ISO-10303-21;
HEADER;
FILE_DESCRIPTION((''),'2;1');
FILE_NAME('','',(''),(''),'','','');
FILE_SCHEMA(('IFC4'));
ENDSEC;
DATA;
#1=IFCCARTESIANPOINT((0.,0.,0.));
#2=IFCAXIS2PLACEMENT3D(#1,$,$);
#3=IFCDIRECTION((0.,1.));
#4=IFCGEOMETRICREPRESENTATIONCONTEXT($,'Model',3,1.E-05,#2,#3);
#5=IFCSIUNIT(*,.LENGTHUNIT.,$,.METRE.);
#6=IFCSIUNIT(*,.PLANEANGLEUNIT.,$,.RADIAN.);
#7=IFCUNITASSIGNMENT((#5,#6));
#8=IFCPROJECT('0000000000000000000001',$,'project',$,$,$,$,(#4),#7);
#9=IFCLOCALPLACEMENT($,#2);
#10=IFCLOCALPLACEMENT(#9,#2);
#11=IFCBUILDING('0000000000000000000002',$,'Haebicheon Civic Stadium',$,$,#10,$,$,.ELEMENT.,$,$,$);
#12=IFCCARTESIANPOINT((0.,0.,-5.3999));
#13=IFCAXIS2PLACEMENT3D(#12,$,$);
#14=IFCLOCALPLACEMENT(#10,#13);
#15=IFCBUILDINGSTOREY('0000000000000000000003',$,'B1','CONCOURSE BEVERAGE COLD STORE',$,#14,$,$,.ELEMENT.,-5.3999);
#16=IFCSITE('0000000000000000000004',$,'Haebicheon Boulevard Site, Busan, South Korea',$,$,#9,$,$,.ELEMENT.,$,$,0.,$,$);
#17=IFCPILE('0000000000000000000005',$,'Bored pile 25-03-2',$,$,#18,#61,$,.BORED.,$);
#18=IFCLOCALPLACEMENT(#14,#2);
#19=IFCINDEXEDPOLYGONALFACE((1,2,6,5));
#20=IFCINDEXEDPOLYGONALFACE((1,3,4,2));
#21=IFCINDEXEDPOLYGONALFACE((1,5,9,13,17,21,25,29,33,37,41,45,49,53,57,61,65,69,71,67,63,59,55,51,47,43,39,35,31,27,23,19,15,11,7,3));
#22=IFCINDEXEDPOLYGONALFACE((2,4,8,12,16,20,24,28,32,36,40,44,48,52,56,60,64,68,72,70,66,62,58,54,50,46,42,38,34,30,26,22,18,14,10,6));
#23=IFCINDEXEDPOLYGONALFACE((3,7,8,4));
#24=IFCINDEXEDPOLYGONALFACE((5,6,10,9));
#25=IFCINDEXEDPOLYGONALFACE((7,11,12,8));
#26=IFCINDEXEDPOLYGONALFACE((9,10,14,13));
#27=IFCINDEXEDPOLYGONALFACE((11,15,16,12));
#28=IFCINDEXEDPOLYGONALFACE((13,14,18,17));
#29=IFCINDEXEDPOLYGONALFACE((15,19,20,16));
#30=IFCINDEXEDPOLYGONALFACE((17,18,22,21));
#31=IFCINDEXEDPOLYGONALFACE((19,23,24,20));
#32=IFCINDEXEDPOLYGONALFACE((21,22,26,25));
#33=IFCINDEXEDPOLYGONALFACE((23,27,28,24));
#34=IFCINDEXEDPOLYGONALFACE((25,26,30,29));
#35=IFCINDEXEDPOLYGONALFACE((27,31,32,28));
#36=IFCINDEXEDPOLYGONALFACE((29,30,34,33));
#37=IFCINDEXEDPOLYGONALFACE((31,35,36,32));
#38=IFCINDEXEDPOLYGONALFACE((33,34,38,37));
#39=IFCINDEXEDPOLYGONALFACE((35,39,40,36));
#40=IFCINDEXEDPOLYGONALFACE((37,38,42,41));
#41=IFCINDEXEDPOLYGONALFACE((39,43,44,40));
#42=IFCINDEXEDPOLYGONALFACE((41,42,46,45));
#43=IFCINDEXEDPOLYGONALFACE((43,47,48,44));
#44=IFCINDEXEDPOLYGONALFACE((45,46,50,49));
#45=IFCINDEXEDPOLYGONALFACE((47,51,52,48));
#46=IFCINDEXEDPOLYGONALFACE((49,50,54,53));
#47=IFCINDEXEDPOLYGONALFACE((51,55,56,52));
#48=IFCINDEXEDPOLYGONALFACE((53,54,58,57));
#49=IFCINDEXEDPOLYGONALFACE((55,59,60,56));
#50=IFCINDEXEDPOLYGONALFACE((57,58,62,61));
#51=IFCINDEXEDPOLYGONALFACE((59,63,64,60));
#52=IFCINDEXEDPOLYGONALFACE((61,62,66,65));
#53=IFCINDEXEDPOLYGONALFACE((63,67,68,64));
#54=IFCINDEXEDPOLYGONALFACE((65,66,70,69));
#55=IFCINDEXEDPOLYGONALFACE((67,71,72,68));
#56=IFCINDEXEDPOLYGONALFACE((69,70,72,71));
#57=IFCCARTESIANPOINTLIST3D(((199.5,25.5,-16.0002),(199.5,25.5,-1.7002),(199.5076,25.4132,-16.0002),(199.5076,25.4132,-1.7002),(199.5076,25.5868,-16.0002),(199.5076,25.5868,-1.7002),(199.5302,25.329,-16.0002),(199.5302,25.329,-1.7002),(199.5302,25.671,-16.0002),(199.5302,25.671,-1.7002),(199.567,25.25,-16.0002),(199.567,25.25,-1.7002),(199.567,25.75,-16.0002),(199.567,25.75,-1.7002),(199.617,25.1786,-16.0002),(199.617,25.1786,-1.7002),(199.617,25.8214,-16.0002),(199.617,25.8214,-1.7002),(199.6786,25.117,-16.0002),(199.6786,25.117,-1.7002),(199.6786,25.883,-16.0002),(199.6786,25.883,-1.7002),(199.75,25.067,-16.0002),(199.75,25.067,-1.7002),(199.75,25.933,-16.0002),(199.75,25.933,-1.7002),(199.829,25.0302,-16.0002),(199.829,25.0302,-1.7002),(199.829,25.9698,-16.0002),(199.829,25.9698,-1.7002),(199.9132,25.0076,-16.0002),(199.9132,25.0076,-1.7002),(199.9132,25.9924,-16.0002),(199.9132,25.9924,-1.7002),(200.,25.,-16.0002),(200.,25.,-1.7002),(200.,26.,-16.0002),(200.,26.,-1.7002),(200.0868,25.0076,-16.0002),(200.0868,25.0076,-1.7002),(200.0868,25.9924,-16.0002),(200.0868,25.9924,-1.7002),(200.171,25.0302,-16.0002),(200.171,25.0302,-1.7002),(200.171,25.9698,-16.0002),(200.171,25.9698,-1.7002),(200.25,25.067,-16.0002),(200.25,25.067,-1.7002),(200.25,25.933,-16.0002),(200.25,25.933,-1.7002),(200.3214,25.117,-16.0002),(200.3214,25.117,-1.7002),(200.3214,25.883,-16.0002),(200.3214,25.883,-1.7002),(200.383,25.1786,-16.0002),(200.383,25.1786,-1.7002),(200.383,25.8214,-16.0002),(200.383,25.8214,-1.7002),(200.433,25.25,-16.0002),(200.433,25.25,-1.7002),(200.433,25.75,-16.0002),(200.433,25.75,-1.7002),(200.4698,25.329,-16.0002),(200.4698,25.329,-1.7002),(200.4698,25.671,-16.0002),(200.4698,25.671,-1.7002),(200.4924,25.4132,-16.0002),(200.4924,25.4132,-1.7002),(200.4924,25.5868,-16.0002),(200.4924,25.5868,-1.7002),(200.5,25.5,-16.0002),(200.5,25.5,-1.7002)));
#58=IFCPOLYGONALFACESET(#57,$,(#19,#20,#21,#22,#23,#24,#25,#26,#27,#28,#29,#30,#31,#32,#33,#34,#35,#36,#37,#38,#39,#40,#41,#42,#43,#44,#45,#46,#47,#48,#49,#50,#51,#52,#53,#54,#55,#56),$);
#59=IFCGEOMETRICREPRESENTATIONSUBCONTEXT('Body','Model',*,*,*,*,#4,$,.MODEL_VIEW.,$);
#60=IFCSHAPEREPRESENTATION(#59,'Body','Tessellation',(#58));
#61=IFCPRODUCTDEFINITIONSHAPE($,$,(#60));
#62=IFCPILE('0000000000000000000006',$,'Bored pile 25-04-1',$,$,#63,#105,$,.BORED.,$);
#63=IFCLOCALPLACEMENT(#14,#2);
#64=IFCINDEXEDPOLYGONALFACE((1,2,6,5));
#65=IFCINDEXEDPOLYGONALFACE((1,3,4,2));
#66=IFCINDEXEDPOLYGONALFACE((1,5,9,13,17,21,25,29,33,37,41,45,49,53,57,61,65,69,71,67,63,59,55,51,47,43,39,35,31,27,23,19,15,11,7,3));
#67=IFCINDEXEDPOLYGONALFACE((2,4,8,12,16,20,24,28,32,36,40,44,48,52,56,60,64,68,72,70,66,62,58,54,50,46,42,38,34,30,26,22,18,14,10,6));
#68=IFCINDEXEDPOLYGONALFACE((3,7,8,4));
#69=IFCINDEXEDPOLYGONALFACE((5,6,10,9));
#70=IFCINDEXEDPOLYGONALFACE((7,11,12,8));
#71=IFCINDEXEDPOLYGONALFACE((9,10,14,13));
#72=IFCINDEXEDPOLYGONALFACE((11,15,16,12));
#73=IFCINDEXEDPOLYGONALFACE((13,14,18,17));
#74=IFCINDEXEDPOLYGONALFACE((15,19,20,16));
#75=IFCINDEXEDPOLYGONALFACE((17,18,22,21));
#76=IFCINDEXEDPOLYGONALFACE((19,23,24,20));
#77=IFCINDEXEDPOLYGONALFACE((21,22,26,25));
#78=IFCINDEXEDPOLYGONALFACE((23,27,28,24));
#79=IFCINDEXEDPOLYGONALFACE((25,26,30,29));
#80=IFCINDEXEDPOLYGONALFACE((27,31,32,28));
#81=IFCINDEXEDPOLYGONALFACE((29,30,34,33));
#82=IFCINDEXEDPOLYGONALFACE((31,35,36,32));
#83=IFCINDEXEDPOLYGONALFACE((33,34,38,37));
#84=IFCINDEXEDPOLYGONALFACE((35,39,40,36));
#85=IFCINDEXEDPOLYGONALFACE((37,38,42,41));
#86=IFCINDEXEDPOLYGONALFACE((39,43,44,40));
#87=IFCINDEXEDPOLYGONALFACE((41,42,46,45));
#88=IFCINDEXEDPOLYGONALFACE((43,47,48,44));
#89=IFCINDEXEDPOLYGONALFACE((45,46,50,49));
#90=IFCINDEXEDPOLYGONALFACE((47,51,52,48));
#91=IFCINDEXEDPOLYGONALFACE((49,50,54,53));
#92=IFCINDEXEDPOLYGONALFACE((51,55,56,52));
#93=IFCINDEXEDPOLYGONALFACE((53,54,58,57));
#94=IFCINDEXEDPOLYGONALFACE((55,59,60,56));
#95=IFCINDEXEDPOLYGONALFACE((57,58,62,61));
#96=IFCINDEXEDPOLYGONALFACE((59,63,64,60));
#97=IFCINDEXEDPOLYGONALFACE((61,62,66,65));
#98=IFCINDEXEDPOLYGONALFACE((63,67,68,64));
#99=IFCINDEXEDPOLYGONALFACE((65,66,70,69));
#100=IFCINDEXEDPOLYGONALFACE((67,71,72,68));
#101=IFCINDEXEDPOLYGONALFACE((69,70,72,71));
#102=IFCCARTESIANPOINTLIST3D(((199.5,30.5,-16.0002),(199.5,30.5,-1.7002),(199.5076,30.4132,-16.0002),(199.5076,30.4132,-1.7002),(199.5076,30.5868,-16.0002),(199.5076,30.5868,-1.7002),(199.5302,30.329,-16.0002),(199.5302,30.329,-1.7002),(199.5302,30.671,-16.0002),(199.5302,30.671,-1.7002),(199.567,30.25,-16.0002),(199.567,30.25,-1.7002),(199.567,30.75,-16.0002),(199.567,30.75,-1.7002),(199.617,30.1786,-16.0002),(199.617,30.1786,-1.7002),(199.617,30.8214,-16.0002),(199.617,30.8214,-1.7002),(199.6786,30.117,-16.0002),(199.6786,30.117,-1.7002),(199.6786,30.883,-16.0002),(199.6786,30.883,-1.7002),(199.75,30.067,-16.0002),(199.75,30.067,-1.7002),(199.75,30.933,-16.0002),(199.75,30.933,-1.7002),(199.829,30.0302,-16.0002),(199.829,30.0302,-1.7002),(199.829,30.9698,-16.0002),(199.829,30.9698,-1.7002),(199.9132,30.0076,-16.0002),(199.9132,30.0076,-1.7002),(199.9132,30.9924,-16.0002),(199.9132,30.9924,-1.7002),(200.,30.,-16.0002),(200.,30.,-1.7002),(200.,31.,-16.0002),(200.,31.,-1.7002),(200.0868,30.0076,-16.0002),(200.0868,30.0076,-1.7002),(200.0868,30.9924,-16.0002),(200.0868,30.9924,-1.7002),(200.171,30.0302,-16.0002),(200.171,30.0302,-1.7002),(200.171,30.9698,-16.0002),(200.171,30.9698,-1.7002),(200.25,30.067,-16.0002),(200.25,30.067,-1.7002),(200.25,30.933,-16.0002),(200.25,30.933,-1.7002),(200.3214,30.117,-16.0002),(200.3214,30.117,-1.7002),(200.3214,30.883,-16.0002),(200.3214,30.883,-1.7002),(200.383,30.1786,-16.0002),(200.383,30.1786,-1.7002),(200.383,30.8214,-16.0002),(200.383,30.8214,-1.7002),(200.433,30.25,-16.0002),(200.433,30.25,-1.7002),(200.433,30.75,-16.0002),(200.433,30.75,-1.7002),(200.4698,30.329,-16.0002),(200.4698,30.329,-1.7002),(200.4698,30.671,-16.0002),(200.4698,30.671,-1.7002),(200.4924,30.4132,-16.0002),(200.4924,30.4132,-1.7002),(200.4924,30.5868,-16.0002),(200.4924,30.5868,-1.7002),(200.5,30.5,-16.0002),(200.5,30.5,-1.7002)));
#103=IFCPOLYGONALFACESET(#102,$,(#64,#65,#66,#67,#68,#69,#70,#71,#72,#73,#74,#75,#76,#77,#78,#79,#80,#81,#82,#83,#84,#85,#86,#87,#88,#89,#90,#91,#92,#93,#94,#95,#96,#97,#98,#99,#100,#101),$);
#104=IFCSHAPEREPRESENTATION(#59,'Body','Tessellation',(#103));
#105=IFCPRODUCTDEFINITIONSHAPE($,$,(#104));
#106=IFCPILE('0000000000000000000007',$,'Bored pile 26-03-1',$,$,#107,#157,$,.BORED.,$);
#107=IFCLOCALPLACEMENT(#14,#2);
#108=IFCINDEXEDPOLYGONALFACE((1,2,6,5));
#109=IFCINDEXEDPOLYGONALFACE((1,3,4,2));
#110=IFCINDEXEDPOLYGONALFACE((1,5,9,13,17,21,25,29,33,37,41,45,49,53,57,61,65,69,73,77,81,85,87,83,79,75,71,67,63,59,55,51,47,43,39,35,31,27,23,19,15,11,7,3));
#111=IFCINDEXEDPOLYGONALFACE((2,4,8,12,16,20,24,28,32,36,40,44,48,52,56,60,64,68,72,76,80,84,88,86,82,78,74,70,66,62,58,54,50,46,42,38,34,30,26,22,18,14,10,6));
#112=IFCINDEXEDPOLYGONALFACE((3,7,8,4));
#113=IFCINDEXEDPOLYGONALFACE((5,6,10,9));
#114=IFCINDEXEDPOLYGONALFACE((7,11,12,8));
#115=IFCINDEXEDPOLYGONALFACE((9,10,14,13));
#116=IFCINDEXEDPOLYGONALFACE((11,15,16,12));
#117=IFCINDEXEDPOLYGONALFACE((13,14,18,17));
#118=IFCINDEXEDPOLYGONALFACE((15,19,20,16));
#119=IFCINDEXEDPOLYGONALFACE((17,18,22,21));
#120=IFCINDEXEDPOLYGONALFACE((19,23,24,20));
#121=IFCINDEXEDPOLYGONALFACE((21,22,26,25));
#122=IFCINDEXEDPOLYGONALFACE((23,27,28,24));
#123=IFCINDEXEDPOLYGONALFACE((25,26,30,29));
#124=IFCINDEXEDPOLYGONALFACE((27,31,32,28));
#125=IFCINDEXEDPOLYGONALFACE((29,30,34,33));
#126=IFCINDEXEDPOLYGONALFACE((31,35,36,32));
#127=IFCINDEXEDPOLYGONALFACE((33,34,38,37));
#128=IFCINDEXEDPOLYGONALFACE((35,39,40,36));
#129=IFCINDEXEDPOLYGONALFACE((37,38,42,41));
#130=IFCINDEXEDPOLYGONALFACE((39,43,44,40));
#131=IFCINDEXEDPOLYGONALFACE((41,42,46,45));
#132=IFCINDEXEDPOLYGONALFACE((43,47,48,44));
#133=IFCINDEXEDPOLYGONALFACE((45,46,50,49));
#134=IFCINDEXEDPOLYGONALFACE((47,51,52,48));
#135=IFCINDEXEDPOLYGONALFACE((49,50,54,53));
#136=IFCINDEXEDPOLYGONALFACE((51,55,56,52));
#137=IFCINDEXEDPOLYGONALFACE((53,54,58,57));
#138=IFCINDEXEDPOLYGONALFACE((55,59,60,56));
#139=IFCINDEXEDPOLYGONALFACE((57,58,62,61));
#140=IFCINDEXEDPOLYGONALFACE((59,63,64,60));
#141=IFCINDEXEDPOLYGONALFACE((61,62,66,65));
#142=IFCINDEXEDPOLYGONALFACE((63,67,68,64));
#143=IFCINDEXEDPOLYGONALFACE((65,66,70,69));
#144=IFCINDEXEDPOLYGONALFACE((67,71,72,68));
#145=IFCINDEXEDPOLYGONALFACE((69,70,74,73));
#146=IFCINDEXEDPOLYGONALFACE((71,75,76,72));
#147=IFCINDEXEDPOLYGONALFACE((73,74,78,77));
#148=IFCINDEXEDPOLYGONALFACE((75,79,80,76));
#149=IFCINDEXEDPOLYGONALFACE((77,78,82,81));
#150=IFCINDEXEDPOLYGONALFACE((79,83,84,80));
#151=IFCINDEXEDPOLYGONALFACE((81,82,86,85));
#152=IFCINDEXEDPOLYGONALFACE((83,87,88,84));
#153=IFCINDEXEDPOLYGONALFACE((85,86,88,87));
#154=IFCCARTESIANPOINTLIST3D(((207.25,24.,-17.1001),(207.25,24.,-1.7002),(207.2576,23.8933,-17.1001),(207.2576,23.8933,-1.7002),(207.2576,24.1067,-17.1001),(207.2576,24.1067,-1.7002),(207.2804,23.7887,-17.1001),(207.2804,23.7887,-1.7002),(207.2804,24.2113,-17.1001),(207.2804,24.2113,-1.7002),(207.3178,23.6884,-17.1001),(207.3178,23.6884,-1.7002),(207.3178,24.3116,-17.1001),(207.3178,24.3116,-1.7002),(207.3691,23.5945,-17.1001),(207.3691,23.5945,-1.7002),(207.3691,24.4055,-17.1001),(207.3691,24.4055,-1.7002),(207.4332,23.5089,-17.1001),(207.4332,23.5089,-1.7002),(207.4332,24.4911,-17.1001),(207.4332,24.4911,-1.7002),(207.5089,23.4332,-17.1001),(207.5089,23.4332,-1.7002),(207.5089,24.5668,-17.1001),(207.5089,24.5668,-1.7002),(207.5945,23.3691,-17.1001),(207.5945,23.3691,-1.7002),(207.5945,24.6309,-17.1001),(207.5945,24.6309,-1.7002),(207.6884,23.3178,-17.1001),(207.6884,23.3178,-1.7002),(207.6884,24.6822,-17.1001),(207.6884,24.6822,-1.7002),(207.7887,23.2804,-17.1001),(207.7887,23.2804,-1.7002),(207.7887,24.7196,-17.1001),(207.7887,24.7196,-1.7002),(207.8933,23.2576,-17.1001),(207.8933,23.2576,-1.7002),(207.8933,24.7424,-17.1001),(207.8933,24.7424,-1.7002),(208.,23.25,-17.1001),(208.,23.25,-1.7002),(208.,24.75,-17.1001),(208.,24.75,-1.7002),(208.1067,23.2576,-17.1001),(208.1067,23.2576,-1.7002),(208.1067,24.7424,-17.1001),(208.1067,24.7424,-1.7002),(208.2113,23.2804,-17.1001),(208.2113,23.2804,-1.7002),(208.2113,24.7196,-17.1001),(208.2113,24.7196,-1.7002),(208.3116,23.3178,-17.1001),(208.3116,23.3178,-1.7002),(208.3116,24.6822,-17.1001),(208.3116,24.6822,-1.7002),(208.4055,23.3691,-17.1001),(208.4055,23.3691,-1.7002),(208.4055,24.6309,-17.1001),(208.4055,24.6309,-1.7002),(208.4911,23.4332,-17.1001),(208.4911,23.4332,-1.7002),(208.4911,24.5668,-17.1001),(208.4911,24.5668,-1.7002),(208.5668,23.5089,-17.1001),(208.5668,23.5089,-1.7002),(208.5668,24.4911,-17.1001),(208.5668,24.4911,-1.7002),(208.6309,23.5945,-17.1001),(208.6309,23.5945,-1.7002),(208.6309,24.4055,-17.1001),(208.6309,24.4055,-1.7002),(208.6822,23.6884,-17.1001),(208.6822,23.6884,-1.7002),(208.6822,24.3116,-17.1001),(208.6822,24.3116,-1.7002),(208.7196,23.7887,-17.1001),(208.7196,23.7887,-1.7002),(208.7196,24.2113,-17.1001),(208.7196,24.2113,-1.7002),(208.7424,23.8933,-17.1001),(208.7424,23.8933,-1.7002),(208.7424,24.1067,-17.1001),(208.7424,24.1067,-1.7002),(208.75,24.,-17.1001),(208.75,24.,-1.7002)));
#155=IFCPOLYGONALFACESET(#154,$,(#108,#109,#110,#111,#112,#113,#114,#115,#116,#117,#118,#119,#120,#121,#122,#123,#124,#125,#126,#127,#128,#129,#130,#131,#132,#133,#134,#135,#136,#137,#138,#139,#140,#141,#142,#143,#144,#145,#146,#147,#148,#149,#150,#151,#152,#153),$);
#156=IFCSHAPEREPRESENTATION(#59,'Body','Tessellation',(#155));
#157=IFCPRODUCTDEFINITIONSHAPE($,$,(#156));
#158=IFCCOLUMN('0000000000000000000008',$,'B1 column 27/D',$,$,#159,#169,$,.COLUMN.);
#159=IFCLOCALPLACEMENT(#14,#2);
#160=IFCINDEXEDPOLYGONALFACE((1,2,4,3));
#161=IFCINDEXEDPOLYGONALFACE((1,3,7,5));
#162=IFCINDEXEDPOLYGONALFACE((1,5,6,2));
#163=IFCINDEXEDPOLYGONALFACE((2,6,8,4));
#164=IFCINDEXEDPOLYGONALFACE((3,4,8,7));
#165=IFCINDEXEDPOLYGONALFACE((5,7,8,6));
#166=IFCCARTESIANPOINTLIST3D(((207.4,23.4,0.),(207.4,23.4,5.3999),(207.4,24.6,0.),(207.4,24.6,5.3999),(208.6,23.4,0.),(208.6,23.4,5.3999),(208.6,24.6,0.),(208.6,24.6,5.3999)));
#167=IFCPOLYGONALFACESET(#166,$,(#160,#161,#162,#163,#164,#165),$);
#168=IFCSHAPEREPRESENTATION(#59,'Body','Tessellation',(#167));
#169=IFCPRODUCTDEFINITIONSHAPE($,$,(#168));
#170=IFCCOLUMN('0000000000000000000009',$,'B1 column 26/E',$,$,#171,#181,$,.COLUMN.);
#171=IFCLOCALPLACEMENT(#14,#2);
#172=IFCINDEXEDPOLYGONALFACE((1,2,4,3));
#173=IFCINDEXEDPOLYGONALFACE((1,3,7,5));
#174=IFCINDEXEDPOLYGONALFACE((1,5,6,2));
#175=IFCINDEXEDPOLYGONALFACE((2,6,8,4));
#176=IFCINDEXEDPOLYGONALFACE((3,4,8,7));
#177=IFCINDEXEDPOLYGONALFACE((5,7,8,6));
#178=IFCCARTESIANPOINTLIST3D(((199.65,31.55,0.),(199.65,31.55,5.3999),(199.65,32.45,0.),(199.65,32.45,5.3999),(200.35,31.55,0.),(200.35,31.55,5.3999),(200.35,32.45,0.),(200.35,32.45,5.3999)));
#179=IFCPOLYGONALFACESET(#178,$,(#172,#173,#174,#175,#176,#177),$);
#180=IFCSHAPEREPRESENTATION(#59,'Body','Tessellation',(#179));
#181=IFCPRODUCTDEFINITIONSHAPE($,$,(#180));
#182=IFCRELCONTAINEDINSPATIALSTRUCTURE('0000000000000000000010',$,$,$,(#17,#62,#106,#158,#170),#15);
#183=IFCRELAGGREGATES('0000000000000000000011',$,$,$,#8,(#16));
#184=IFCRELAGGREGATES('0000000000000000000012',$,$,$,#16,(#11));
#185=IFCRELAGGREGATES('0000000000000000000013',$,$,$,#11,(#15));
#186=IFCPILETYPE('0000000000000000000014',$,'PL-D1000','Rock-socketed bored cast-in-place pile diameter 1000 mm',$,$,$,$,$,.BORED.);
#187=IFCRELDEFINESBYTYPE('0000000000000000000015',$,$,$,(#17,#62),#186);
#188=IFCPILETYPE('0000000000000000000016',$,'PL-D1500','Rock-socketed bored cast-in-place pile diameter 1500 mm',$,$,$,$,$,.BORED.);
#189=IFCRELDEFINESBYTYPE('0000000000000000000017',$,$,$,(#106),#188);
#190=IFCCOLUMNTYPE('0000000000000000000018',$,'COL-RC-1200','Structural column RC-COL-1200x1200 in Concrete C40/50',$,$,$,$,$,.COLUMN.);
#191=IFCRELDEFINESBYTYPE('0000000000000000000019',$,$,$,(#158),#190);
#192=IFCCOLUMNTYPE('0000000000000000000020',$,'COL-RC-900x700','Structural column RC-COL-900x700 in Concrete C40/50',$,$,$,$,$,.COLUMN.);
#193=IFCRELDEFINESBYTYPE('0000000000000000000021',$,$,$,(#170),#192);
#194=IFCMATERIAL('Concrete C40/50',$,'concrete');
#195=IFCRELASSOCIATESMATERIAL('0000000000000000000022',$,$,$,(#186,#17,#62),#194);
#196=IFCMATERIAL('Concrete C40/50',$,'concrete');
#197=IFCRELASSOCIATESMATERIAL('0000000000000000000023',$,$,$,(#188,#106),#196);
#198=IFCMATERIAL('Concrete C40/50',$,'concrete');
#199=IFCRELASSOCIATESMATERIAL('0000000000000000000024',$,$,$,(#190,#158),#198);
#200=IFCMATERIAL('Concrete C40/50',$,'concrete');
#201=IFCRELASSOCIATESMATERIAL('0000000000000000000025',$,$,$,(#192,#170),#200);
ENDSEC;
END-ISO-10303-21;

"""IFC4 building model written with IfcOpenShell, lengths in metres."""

from ifc_helpers import new_model, si_unit, direction, frame, origin, origin_2d, place, context, subcontext, project, spatial, rectangle, circle, extrude, material, material_profile, profile_set, type_object, element, save


model = new_model("IFC4")

# Units and contexts
model_context = context("Model", 3, precision=1e-05, world=origin(), true_north=direction((0.0, 1.0)))
body_context = subcontext(model_context, "Body", "Model", "MODEL_VIEW")
ifc_project = project(units=[si_unit("LENGTHUNIT", "METRE"), si_unit("PLANEANGLEUNIT", "RADIAN")], contexts=[model_context])

# Site, building, storey
site_placement = place(None, origin())
site = spatial("IfcSite", under=ifc_project, at=site_placement, Name="Haebicheon Boulevard Site, Busan, South Korea", CompositionType="ELEMENT", RefElevation=0.0)
building_placement = place(site_placement, origin())
building = spatial("IfcBuilding", under=site, at=building_placement, Name="Haebicheon Civic Stadium", CompositionType="ELEMENT")
storey_placement = place(building_placement, frame((0.0, 0.0, -5.3999)))
storey = spatial("IfcBuildingStorey", under=building, at=storey_placement, Name="B1", Description="CONCOURSE BEVERAGE COLD STORE", CompositionType="ELEMENT", Elevation=-5.3999)

# Piles
ifc_material_1 = material(Name="Concrete C40/50", Category="concrete")
ifc_material_profile_1 = material_profile(ifc_material_1, circle(Radius=0.5, at=origin_2d()), Name="PILE-D1000")
ifc_profile_set_1 = profile_set([ifc_material_profile_1], Name="Concrete C40/50")
pile_type_1 = type_object("IfcPileType", Name="PL-D1000", Description="Rock-socketed bored cast-in-place pile diameter 1000 mm", PredefinedType="BORED", material=ifc_profile_set_1)
for number, where, z_axis, x_axis, name in (
    (1, (200.0, 25.5, -1.7002), (0.0, 0.0, -1.0), (1.0, 0.0, 0.0), "Bored pile 25-03-2"),
    (2, (200.0, 30.5, -1.7002), (0.0, 0.0, -1.0), (1.0, 0.0, 0.0), "Bored pile 25-04-1"),
):
    element("IfcPile", number, at=place(storey_placement, frame(where, z_axis=z_axis, x_axis=x_axis)), inside=storey, type_object=pile_type_1, material=ifc_profile_set_1, Name=name, PredefinedType="BORED", context=body_context, shape_type="SweptSolid", body=[
        extrude(circle(Radius=0.5, at=origin_2d()), origin(), (0.0, 0.0, 1.0), 14.3),
    ])
ifc_material_2 = material(Name="Concrete C40/50", Category="concrete")
ifc_material_profile_2 = material_profile(ifc_material_2, circle(Radius=0.75, at=origin_2d()), Name="PILE-D1500")
ifc_profile_set_2 = profile_set([ifc_material_profile_2], Name="Concrete C40/50")
pile_type_2 = type_object("IfcPileType", Name="PL-D1500", Description="Rock-socketed bored cast-in-place pile diameter 1500 mm", PredefinedType="BORED", material=ifc_profile_set_2)
pile_placement = place(storey_placement, frame((208.0, 24.0, -1.7002), z_axis=(0.0, 0.0, -1.0), x_axis=(1.0, 0.0, 0.0)))
element("IfcPile", 3, at=pile_placement, inside=storey, type_object=pile_type_2, material=ifc_profile_set_2, Name="Bored pile 26-03-1", PredefinedType="BORED", context=body_context, shape_type="SweptSolid", body=[
    extrude(circle(Radius=0.75, at=origin_2d()), origin(), (0.0, 0.0, 1.0), 15.3999),
])

# Columns
ifc_material_3 = material(Name="Concrete C40/50", Category="concrete")
ifc_material_profile_3 = material_profile(ifc_material_3, rectangle(XDim=1.2, YDim=1.2, at=origin_2d()), Name="RC-COL-1200x1200")
ifc_profile_set_3 = profile_set([ifc_material_profile_3], Name="Concrete C40/50")
column_type_1 = type_object("IfcColumnType", Name="COL-RC-1200", Description="Structural column RC-COL-1200x1200 in Concrete C40/50", PredefinedType="COLUMN", material=ifc_profile_set_3)
column_1_placement = place(storey_placement, frame((208.0, 24.0, 0.0), z_axis=(0.0, 0.0, 1.0), x_axis=(1.0, 0.0, 0.0)))
element("IfcColumn", 4, at=column_1_placement, inside=storey, type_object=column_type_1, material=ifc_profile_set_3, Name="B1 column 27/D", PredefinedType="COLUMN", context=body_context, shape_type="SweptSolid", body=[
    extrude(rectangle(XDim=1.2, YDim=1.2, at=origin_2d()), origin(), (0.0, 0.0, 1.0), 5.3999),
])
ifc_material_4 = material(Name="Concrete C40/50", Category="concrete")
ifc_material_profile_4 = material_profile(ifc_material_4, rectangle(XDim=0.7, YDim=0.8999, at=origin_2d()), Name="RC-COL-900x700")
ifc_profile_set_4 = profile_set([ifc_material_profile_4], Name="Concrete C40/50")
column_type_2 = type_object("IfcColumnType", Name="COL-RC-900x700", Description="Structural column RC-COL-900x700 in Concrete C40/50", PredefinedType="COLUMN", material=ifc_profile_set_4)
column_2_placement = place(storey_placement, frame((200.0, 32.0, 0.0), z_axis=(0.0, 0.0, 1.0), x_axis=(1.0, 0.0, 0.0)))
element("IfcColumn", 5, at=column_2_placement, inside=storey, type_object=column_type_2, material=ifc_profile_set_4, Name="B1 column 26/E", PredefinedType="COLUMN", context=body_context, shape_type="SweptSolid", body=[
    extrude(rectangle(XDim=0.7, YDim=0.8999, at=origin_2d()), origin(), (0.0, 0.0, 1.0), 5.3999),
])

save(model, "model.ifc")
